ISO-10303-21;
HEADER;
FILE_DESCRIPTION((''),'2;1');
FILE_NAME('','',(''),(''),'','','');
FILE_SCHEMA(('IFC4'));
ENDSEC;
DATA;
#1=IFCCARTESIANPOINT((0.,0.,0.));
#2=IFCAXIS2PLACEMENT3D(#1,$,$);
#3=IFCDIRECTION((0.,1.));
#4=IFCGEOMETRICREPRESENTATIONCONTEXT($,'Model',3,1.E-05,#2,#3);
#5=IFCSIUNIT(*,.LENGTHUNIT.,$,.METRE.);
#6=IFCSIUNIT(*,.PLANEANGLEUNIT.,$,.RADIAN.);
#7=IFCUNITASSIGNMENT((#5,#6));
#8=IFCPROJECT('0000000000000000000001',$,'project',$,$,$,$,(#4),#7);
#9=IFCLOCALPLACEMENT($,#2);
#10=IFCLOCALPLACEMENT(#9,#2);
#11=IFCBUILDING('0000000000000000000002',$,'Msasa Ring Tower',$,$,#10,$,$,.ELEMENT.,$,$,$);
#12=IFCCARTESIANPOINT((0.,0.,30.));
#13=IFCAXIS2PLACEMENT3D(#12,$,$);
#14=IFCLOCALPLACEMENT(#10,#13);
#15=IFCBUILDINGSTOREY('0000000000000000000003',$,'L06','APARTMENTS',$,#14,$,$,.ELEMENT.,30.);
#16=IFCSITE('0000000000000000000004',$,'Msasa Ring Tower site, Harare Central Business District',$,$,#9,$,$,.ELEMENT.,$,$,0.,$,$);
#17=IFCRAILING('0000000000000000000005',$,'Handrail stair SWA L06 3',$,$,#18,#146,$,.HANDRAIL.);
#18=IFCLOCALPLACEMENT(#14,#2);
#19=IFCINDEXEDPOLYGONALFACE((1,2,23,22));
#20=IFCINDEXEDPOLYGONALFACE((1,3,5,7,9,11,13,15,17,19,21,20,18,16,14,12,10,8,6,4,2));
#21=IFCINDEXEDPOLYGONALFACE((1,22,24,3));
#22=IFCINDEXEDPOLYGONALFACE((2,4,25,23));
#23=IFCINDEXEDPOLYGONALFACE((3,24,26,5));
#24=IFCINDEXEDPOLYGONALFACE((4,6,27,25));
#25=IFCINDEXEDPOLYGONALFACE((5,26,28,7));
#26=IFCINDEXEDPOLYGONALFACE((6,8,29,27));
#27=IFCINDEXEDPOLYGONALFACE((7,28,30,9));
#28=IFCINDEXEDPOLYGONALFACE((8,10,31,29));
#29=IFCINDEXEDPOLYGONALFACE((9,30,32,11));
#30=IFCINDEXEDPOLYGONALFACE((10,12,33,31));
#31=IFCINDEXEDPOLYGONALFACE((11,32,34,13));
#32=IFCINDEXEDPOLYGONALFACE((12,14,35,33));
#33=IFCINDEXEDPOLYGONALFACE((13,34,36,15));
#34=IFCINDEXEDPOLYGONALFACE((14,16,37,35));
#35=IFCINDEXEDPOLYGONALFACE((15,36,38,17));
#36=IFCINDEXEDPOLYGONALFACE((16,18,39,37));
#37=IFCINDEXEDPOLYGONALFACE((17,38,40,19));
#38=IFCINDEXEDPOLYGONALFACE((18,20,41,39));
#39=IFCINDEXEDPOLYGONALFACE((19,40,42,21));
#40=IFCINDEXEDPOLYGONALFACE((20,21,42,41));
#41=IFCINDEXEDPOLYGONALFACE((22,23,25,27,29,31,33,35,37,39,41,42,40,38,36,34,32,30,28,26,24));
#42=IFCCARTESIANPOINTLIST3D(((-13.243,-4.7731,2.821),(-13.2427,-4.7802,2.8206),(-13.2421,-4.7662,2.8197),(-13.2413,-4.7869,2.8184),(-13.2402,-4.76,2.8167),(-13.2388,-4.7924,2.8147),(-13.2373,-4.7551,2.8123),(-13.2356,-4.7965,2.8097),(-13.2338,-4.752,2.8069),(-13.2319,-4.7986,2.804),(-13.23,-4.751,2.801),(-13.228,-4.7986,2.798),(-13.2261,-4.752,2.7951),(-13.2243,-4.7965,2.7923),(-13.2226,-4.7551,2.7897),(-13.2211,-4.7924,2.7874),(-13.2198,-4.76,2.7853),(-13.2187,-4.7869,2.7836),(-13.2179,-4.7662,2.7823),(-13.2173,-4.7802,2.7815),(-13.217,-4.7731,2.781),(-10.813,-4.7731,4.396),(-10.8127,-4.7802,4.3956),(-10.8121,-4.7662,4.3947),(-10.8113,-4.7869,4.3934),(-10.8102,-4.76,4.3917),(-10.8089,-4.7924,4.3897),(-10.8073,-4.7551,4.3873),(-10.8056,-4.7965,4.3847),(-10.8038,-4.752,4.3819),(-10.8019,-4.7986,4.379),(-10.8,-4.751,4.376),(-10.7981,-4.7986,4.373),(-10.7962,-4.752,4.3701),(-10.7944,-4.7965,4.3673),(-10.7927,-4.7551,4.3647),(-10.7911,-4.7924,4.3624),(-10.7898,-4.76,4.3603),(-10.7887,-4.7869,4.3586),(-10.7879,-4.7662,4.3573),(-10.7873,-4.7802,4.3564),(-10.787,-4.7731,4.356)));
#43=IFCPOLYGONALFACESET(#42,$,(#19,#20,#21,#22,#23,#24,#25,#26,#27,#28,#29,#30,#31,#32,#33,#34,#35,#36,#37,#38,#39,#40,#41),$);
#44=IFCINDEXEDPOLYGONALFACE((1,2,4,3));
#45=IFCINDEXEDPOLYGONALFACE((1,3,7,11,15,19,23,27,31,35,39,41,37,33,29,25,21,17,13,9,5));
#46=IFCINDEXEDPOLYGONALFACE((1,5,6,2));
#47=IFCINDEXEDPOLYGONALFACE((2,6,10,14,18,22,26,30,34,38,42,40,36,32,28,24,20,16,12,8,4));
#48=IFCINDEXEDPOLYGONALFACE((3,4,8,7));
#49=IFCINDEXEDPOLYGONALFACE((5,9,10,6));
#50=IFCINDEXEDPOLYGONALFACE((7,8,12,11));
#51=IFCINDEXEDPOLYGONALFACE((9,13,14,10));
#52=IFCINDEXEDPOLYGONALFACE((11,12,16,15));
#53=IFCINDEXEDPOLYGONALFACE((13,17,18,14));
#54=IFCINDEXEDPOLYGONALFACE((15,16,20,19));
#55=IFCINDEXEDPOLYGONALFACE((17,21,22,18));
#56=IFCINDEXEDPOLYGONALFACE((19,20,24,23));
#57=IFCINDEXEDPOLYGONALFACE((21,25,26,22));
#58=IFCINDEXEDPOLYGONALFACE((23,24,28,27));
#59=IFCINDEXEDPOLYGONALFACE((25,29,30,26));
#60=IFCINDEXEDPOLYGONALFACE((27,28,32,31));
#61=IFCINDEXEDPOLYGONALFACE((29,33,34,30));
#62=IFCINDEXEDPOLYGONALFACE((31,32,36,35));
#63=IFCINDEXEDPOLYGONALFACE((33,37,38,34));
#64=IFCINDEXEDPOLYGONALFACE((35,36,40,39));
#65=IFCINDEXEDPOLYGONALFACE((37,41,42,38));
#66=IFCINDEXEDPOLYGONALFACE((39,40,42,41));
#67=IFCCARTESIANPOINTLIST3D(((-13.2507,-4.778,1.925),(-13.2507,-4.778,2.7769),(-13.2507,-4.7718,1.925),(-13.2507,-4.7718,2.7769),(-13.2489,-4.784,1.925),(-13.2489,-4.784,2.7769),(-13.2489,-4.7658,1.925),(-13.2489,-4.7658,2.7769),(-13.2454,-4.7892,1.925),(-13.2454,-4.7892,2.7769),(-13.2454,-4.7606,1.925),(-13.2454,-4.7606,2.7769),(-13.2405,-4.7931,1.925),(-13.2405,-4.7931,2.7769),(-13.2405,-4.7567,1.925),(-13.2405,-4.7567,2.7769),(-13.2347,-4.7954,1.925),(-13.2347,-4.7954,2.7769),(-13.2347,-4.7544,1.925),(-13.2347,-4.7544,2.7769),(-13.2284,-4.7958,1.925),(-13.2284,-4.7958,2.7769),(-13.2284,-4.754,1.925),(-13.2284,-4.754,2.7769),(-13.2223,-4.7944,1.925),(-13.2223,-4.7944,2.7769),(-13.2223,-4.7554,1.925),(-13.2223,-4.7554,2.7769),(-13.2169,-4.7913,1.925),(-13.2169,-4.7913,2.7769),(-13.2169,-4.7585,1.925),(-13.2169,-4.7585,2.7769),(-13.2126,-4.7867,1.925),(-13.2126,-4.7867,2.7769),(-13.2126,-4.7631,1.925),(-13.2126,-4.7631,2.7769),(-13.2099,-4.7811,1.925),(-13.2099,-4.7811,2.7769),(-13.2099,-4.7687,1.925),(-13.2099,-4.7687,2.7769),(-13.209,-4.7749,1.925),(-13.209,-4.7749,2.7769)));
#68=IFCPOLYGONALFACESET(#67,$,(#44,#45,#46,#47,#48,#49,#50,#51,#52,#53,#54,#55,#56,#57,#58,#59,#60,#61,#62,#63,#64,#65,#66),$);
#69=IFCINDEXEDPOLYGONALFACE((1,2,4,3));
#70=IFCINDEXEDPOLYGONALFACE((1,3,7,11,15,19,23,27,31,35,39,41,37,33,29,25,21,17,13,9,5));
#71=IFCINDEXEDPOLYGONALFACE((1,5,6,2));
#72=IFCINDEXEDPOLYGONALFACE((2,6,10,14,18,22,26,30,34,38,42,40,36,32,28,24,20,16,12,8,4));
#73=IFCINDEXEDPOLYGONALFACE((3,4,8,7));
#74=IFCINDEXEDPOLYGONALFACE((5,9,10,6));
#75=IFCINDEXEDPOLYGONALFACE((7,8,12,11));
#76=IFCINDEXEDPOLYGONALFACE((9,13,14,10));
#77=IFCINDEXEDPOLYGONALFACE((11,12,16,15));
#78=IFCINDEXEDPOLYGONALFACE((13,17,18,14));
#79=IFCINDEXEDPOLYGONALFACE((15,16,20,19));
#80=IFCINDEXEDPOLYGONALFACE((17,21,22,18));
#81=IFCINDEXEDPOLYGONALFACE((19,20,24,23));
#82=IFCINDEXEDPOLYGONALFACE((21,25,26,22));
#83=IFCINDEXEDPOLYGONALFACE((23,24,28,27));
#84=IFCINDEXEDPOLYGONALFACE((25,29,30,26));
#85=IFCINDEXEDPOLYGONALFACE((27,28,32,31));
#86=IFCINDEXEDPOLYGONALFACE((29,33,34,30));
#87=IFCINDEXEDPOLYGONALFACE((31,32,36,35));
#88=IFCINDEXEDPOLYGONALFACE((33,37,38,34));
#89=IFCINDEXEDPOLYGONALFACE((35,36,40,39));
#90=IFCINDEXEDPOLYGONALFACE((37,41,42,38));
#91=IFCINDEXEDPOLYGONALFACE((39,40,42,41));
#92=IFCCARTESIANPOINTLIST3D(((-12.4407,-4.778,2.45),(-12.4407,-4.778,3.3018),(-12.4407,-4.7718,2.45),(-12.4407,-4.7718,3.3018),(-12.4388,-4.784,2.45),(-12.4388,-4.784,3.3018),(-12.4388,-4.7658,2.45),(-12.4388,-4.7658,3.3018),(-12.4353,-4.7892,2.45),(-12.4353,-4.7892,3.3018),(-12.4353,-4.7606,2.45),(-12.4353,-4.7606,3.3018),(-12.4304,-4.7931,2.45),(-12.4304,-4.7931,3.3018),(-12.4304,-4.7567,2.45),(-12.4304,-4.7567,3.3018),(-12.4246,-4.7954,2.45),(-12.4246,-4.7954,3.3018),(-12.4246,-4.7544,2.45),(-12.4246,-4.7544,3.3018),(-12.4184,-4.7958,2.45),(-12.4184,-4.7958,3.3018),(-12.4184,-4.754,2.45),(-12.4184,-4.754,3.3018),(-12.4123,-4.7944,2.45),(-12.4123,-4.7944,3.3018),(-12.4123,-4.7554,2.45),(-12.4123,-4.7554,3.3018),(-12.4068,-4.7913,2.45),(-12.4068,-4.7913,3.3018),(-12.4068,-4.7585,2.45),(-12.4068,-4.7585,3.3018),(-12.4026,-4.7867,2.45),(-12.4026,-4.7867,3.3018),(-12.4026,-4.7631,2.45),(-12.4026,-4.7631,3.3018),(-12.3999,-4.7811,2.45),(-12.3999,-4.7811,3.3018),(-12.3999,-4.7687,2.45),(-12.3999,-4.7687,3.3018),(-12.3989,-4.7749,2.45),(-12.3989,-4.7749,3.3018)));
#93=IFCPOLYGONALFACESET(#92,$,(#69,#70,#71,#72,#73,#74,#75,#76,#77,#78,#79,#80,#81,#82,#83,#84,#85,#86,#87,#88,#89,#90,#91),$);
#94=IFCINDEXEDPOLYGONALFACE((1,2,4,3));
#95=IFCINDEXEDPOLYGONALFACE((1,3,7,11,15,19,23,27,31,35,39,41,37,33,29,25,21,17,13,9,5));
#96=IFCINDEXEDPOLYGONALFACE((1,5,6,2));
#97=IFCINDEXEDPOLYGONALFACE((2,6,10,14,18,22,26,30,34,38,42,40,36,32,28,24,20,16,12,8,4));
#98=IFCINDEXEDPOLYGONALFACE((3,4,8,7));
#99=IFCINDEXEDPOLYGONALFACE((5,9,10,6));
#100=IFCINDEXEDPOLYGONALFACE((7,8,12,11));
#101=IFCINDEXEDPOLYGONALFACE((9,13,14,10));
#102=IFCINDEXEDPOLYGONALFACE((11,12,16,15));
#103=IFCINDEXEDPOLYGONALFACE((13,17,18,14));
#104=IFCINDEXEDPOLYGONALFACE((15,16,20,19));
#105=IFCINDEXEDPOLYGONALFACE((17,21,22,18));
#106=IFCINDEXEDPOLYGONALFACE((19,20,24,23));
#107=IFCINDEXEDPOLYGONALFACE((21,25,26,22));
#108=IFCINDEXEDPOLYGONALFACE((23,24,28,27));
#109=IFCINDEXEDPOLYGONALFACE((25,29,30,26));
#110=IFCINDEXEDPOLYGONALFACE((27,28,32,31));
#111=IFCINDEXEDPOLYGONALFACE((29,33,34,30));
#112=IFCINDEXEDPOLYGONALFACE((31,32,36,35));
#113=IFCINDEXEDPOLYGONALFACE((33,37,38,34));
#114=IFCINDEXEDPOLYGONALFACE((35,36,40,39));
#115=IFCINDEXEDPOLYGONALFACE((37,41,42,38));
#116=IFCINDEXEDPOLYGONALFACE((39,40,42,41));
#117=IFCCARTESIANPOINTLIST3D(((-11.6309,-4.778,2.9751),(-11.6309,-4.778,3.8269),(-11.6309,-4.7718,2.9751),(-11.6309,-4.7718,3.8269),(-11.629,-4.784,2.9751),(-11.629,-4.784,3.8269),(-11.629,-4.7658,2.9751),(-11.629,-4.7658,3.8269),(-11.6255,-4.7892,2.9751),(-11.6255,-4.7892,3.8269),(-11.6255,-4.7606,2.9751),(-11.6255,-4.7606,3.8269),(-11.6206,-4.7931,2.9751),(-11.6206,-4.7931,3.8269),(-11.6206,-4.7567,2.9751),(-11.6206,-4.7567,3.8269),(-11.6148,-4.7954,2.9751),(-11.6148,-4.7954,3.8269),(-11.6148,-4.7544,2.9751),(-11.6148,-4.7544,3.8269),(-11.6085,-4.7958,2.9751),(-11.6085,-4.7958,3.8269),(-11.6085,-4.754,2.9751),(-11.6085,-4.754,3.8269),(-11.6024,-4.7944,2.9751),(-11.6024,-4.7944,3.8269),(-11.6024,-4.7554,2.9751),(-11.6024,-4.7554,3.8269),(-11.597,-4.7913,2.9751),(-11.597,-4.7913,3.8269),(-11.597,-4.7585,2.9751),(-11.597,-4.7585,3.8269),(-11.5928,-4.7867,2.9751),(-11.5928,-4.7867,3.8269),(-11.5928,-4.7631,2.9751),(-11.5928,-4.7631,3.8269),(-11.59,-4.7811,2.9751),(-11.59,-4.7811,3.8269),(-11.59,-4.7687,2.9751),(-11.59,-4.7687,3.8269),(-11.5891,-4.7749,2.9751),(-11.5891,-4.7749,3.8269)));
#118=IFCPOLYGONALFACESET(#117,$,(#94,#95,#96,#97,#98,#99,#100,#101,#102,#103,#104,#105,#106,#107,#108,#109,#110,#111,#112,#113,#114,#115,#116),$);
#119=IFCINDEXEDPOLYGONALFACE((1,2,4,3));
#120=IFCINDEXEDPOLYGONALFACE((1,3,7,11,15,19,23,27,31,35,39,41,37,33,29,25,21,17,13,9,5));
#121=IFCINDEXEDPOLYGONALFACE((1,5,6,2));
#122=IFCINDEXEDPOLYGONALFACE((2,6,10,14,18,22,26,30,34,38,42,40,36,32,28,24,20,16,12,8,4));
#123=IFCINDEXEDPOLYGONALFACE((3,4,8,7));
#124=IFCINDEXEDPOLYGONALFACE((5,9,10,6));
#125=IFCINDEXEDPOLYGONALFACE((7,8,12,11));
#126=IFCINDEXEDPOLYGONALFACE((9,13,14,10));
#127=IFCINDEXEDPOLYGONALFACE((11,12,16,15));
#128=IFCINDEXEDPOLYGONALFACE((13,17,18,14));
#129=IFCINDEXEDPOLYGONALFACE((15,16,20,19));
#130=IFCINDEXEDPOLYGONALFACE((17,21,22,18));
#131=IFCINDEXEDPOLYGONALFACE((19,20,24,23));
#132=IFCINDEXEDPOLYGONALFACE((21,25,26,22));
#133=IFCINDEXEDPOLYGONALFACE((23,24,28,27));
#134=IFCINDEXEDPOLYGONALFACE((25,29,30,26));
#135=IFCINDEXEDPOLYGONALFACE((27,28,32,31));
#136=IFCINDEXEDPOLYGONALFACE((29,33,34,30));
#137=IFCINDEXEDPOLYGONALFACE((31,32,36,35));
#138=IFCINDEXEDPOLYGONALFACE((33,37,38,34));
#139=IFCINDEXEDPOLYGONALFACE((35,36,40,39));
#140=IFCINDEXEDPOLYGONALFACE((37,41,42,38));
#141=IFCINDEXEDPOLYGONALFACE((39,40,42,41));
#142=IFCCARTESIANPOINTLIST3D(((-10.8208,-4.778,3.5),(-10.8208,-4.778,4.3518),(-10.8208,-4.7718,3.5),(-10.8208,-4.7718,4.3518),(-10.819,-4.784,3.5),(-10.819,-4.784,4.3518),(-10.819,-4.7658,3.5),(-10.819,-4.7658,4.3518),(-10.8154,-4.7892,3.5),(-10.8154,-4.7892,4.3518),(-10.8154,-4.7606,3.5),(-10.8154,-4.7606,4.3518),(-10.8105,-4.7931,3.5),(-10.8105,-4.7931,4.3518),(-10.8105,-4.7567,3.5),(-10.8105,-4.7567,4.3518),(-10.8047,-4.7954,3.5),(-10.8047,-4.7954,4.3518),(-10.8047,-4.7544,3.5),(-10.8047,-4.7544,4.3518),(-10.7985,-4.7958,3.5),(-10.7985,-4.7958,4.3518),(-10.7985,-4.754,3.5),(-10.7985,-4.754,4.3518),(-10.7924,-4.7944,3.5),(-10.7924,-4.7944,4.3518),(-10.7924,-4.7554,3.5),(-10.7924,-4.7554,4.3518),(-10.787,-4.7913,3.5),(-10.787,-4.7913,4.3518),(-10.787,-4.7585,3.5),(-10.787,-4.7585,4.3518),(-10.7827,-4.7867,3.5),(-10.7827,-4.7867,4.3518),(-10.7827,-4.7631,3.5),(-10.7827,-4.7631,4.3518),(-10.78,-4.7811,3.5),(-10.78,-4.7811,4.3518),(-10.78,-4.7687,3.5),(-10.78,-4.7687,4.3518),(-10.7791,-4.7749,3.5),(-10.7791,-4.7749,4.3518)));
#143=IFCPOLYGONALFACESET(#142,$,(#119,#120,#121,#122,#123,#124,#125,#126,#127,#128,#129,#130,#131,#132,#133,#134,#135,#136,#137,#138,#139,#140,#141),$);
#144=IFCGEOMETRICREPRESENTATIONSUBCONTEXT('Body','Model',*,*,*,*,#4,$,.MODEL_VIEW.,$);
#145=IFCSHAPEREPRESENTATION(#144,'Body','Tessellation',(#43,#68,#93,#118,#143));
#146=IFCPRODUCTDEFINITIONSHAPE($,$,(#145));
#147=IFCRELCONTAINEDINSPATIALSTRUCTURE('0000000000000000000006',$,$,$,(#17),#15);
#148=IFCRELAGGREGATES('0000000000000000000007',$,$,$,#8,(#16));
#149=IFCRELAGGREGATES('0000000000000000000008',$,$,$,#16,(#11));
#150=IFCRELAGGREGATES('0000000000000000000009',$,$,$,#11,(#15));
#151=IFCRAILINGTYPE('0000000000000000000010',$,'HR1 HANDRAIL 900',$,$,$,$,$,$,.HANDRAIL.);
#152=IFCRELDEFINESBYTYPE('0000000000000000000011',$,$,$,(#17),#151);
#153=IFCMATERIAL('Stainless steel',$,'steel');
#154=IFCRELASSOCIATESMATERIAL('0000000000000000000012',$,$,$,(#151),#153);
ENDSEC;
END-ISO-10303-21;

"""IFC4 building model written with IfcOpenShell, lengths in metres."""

from ifc_helpers import new_model, si_unit, direction, frame, origin, origin_2d, place, context, subcontext, project, spatial, circle, extrude, material, type_object, element, save


model = new_model("IFC4")

# Units and contexts
model_context = context("Model", 3, precision=1e-05, world=origin(), true_north=direction((0.0, 1.0)))
body_context = subcontext(model_context, "Body", "Model", "MODEL_VIEW")
ifc_project = project(units=[si_unit("LENGTHUNIT", "METRE"), si_unit("PLANEANGLEUNIT", "RADIAN")], contexts=[model_context])

# Site, building, storey
site_placement = place(None, origin())
site = spatial("IfcSite", under=ifc_project, at=site_placement, Name="Msasa Ring Tower site, Harare Central Business District", CompositionType="ELEMENT", RefElevation=0.0)
building_placement = place(site_placement, origin())
building = spatial("IfcBuilding", under=site, at=building_placement, Name="Msasa Ring Tower", CompositionType="ELEMENT")
storey_placement = place(building_placement, frame((0.0, 0.0, 30.0)))
storey = spatial("IfcBuildingStorey", under=building, at=storey_placement, Name="L06", Description="APARTMENTS", CompositionType="ELEMENT", Elevation=30.0)

# Railing
ifc_material_1 = material(Name="Stainless steel", Category="steel")
railing_type = type_object("IfcRailingType", Name="HR1 HANDRAIL 900", PredefinedType="HANDRAIL", material=ifc_material_1)
for number, where, name in (
    (1, (-13.23, -4.7749, 1.925), "Handrail stair SWA L06 3"),
):
    element("IfcRailing", number, at=place(storey_placement, frame(where)), inside=storey, type_object=railing_type, Name=name, PredefinedType="HANDRAIL", context=body_context, shape_type="SweptSolid", body=[
        extrude(circle(Radius=0.0239, at=origin_2d()), frame((0.0, 0.0, 0.876), z_axis=(0.839154, 0.0, 0.543894), x_axis=(0.0, 1.0, 0.0)), (0.0, 0.0, 1.0), 2.8958),
        extrude(circle(Radius=0.021, at=origin_2d()), origin(), (0.0, 0.0, 1.0), 0.8518),
        extrude(circle(Radius=0.021, at=origin_2d()), frame((0.8101, 0.0, 0.5249)), (0.0, 0.0, 1.0), 0.8518),
        extrude(circle(Radius=0.021, at=origin_2d()), frame((1.6199, 0.0, 1.05)), (0.0, 0.0, 1.0), 0.8518),
        extrude(circle(Radius=0.021, at=origin_2d()), frame((2.4299, 0.0, 1.575)), (0.0, 0.0, 1.0), 0.8518),
    ])

save(model, "model.ifc")
